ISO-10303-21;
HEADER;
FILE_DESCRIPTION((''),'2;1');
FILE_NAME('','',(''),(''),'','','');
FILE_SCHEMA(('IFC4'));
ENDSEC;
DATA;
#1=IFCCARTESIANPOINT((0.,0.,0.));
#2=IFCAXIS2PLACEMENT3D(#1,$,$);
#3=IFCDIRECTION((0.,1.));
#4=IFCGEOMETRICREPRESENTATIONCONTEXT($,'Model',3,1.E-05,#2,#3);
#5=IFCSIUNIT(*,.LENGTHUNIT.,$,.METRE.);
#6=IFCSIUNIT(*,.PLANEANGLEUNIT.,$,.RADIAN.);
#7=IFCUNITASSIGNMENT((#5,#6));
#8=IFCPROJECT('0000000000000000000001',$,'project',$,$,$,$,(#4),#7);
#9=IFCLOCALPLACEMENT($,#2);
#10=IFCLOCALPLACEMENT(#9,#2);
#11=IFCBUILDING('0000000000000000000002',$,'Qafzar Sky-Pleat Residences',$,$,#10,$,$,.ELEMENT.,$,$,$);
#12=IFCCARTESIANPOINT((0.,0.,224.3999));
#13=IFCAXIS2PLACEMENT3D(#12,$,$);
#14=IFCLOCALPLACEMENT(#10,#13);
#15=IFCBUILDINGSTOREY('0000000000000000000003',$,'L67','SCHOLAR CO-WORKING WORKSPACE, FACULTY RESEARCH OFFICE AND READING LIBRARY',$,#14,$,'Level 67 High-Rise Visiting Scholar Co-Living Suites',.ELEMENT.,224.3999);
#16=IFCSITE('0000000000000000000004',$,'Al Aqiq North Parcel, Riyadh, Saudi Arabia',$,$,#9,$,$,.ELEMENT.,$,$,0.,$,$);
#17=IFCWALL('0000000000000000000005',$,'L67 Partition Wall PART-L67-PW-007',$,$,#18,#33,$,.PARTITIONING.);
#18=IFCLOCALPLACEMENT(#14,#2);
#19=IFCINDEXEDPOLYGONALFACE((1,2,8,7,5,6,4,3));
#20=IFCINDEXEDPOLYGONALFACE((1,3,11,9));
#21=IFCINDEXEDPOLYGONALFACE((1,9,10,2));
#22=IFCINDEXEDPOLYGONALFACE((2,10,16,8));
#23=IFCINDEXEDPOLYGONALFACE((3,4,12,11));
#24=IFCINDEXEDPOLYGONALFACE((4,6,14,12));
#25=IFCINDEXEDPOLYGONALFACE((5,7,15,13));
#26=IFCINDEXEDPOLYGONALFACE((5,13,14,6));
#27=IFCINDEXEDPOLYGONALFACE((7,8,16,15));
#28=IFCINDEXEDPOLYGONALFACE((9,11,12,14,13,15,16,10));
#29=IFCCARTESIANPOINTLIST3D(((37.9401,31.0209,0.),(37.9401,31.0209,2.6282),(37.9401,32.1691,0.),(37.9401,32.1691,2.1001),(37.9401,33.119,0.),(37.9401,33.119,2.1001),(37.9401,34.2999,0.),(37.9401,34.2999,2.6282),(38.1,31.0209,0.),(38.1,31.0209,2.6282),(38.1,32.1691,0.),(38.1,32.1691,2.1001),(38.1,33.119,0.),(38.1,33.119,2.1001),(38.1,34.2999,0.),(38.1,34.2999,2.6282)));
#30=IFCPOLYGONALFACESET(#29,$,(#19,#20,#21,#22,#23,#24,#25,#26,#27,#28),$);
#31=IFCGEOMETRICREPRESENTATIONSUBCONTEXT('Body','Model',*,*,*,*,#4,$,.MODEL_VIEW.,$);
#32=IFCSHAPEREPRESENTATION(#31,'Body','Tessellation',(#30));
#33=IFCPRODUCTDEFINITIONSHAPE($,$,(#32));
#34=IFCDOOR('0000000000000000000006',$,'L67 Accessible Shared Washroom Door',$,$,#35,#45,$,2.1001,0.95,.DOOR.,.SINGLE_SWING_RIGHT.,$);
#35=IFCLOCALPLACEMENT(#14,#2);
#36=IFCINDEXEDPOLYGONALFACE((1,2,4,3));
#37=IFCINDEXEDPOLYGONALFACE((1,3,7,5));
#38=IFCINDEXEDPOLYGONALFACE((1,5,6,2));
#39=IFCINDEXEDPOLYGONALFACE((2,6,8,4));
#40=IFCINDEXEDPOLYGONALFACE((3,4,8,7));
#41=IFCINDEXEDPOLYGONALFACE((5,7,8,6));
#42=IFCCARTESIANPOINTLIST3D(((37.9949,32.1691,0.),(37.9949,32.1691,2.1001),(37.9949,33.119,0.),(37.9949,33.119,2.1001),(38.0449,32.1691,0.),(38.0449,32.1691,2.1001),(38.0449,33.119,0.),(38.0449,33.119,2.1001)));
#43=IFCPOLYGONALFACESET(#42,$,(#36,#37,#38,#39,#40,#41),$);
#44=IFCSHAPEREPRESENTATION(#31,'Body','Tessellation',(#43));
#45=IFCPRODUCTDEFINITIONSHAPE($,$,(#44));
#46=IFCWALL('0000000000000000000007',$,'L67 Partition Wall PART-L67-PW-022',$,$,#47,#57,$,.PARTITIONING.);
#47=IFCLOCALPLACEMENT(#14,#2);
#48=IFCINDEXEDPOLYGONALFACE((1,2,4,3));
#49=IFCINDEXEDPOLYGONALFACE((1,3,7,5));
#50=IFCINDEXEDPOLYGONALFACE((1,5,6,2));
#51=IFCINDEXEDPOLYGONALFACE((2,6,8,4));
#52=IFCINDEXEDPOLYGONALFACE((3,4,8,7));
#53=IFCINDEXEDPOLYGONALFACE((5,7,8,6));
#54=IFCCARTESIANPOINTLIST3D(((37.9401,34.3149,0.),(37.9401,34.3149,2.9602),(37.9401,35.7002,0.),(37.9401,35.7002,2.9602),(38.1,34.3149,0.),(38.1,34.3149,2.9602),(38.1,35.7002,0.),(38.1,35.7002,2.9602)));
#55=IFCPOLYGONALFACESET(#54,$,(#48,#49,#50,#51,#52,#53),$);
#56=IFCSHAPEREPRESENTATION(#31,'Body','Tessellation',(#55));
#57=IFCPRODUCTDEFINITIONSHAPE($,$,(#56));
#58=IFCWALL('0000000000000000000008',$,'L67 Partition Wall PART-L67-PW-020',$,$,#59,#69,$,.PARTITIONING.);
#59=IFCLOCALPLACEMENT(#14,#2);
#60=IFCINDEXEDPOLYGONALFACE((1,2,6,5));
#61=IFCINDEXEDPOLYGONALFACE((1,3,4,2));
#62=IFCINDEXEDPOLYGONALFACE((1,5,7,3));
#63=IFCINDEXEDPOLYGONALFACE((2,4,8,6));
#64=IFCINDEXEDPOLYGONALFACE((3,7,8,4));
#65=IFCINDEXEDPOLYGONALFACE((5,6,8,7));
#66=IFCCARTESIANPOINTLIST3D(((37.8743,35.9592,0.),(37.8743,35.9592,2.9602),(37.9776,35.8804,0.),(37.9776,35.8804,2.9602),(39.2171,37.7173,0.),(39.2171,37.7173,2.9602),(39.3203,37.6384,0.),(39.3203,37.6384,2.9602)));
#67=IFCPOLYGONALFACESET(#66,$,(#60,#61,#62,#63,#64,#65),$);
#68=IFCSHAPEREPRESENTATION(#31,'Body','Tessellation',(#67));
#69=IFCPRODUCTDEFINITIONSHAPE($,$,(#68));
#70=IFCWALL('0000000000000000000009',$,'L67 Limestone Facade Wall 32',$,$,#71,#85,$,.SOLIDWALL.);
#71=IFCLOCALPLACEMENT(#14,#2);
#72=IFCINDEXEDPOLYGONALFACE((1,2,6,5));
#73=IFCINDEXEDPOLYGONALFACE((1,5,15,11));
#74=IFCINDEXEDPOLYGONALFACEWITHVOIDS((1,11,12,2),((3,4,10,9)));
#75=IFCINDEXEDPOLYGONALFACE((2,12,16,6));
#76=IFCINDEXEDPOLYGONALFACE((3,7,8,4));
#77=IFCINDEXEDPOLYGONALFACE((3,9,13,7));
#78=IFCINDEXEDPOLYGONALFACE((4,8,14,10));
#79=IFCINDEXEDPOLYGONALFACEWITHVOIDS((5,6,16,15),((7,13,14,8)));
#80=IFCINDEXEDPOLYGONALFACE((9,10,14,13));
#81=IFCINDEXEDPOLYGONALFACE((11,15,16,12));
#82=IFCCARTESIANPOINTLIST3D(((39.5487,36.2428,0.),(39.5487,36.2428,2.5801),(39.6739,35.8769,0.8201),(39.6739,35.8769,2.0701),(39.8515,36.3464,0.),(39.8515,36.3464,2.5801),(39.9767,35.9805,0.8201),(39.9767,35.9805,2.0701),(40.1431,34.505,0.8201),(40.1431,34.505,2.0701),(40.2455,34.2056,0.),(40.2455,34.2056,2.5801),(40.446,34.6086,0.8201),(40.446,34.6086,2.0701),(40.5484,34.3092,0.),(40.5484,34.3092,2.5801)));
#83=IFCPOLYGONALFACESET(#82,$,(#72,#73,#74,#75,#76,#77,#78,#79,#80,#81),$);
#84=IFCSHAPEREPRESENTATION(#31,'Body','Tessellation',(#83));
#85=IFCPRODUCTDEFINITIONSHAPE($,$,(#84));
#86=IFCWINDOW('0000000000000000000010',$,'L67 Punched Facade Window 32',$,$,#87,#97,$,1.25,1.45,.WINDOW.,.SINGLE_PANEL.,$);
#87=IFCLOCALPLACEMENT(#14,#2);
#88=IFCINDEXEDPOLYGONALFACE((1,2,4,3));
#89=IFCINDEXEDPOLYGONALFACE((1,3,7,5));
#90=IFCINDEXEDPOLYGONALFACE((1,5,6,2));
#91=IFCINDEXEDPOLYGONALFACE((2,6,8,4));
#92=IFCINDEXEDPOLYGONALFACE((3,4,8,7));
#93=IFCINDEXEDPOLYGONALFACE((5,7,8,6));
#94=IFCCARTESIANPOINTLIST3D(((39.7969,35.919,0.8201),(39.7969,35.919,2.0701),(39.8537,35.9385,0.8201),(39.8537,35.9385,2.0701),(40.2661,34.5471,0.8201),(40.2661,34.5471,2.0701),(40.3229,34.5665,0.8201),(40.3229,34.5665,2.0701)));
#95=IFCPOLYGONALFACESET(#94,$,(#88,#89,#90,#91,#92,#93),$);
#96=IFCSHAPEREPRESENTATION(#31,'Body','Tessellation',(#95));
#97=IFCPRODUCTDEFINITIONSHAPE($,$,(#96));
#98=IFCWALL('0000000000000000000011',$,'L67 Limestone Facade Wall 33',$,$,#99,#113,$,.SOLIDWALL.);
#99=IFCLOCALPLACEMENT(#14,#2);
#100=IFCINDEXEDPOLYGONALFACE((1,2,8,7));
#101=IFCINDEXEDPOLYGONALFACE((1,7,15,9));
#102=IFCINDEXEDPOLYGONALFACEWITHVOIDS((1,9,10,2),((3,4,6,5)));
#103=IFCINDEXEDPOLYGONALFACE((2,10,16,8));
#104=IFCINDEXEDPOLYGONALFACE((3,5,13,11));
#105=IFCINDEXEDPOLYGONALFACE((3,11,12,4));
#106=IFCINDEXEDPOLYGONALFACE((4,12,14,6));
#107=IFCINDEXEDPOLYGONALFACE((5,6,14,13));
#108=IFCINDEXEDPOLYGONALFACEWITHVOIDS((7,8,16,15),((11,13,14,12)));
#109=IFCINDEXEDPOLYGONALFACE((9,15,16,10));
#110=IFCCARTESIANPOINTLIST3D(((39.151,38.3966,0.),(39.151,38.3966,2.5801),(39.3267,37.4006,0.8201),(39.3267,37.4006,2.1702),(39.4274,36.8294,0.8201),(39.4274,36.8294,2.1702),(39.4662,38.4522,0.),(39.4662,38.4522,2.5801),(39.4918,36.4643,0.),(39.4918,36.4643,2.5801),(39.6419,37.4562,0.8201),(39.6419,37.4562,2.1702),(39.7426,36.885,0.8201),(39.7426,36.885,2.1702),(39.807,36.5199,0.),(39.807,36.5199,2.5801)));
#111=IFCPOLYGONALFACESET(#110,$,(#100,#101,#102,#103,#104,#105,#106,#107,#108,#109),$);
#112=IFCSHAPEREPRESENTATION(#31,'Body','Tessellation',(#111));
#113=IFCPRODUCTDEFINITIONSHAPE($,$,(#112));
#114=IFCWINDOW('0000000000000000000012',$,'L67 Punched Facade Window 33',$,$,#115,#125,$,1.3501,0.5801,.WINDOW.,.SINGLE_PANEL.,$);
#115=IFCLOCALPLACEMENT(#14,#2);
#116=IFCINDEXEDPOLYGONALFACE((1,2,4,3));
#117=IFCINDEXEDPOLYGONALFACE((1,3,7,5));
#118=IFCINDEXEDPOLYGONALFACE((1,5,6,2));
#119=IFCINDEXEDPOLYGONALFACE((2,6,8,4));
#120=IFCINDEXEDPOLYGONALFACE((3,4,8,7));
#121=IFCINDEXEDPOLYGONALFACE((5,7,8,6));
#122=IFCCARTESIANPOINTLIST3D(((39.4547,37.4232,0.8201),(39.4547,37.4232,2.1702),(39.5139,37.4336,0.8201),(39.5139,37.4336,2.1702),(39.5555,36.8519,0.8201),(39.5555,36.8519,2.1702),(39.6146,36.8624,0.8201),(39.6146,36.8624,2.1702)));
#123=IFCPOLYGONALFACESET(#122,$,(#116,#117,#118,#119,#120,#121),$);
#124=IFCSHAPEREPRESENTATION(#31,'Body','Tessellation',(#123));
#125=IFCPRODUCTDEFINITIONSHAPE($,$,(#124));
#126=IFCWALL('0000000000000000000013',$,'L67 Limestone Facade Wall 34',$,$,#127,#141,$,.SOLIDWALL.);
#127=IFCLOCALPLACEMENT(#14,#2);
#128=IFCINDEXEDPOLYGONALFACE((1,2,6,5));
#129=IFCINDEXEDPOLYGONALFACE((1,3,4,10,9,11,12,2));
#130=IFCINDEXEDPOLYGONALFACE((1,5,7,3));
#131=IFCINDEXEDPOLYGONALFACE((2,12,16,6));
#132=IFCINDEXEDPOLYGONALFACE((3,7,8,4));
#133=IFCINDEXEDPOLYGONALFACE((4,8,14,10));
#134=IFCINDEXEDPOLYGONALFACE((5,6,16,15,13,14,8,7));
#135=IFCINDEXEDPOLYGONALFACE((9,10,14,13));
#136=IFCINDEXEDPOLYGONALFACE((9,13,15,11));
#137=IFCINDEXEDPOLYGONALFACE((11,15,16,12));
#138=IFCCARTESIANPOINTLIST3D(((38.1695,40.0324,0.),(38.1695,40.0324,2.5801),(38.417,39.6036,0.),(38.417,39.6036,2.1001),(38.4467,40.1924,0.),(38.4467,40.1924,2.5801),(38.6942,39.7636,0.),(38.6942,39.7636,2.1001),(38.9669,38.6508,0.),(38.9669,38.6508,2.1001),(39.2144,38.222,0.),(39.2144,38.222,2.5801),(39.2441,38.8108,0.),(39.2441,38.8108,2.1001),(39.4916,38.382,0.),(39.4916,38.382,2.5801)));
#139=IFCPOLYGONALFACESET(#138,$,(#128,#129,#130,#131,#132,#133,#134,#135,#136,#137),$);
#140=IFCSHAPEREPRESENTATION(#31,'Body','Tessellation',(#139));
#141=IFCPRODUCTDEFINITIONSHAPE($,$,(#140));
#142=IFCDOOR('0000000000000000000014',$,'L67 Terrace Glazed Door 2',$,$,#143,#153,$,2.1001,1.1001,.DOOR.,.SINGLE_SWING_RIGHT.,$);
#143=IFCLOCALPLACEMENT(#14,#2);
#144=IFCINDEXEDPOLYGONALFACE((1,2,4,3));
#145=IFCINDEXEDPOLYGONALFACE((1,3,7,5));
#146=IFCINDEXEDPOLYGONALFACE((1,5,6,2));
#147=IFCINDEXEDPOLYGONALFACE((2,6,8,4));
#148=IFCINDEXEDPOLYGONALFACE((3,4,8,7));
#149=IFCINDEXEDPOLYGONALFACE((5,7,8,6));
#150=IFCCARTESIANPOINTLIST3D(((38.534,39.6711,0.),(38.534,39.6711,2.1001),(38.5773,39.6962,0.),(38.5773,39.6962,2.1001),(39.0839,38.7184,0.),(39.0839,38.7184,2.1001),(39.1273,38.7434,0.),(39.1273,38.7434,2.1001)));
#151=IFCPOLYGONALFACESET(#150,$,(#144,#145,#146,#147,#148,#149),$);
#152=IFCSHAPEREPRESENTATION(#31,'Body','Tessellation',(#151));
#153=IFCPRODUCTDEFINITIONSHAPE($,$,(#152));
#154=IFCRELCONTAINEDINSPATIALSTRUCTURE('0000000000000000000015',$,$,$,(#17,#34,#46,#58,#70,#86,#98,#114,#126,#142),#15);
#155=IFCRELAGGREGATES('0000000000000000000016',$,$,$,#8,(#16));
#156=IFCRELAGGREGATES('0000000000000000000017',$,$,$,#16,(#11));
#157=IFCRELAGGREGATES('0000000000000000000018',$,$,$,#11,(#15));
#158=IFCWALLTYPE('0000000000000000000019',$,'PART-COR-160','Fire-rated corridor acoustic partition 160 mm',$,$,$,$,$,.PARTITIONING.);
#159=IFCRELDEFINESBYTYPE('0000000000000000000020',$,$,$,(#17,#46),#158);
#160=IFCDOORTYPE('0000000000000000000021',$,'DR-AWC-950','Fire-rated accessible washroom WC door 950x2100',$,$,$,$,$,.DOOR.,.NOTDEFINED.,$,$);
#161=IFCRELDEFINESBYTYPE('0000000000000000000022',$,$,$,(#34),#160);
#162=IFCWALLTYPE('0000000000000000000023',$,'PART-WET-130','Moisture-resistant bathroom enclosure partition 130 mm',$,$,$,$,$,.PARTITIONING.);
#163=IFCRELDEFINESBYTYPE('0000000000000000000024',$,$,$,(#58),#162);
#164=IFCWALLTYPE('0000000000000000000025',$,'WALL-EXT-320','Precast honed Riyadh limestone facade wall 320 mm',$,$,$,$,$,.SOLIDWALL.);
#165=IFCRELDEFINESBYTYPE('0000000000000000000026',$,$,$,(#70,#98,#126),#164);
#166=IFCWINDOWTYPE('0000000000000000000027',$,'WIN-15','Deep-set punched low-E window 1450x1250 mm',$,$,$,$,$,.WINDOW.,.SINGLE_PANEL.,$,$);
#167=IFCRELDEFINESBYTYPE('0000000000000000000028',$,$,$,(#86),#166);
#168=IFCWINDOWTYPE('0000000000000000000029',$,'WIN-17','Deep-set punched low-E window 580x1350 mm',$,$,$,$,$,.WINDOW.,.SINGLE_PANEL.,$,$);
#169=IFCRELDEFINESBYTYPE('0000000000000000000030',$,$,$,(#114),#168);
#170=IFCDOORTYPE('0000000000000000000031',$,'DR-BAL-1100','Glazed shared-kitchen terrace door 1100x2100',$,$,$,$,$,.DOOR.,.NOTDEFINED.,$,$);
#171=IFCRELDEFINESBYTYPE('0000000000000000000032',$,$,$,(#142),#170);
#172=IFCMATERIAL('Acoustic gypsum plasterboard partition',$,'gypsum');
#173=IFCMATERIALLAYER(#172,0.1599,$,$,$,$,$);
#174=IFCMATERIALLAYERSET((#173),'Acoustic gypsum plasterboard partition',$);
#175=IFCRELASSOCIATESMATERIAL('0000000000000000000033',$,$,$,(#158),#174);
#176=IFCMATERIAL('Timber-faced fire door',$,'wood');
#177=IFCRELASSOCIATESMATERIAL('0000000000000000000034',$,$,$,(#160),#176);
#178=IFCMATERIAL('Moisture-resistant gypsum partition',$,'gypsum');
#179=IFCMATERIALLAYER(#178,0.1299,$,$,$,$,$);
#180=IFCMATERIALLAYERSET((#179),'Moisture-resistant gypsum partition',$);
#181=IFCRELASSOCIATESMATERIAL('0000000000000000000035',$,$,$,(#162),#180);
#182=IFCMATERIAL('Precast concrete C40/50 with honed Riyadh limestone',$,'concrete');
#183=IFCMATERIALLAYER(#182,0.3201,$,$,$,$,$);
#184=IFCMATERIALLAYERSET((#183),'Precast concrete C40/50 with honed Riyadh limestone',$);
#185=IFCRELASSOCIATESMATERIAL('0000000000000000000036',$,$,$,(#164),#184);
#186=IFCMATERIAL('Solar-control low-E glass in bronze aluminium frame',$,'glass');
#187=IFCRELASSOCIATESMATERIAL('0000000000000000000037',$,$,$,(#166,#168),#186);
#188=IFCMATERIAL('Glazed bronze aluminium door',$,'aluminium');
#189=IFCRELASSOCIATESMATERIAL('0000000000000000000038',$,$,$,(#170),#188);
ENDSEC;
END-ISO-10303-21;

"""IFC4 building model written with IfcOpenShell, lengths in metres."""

from ifc_helpers import new_model, si_unit, direction, frame, frame_2d, origin, place, context, subcontext, project, spatial, rectangle, extrude, source, transform, mapped, material, layer, layer_set, type_object, element, fill, save


model = new_model("IFC4")

# Units and contexts
model_context = context("Model", 3, precision=1e-05, world=origin(), true_north=direction((0.0, 1.0)))
body_context = subcontext(model_context, "Body", "Model", "MODEL_VIEW")
ifc_project = project(units=[si_unit("LENGTHUNIT", "METRE"), si_unit("PLANEANGLEUNIT", "RADIAN")], contexts=[model_context])

# Site, building, storey
site_placement = place(None, origin())
site = spatial("IfcSite", under=ifc_project, at=site_placement, Name="Al Aqiq North Parcel, Riyadh, Saudi Arabia", CompositionType="ELEMENT", RefElevation=0.0)
building_placement = place(site_placement, origin())
building = spatial("IfcBuilding", under=site, at=building_placement, Name="Qafzar Sky-Pleat Residences", CompositionType="ELEMENT")
storey_placement = place(building_placement, frame((0.0, 0.0, 224.3999)))
storey = spatial("IfcBuildingStorey", under=building, at=storey_placement, Name="L67", Description="SCHOLAR CO-WORKING WORKSPACE, FACULTY RESEARCH OFFICE AND READING LIBRARY", LongName="Level 67 High-Rise Visiting Scholar Co-Living Suites", CompositionType="ELEMENT", Elevation=224.3999)

# Wall, opening, door
ifc_material_1 = material(Name="Acoustic gypsum plasterboard partition", Category="gypsum")
ifc_layer_1 = layer(ifc_material_1, 0.1599)
ifc_layer_set_1 = layer_set([ifc_layer_1], Name="Acoustic gypsum plasterboard partition")
wall_type_1 = type_object("IfcWallType", Name="PART-COR-160", Description="Fire-rated corridor acoustic partition 160 mm", PredefinedType="PARTITIONING", material=ifc_layer_set_1)
wall_1_placement = place(storey_placement, frame((38.02, 34.3, 0.0), z_axis=(0.0, 0.0, 1.0), x_axis=(0.0, -1.0, 0.0)))
wall_1 = element("IfcWall", 1, at=wall_1_placement, inside=storey, type_object=wall_type_1, Name="L67 Partition Wall PART-L67-PW-007", PredefinedType="PARTITIONING", context=body_context, shape_type="SweptSolid", body=[
    extrude(rectangle(XDim=3.2791, YDim=0.1599, at=frame_2d((1.6396, 0.0))), origin(), (0.0, 0.0, 1.0), 2.6282),
])
opening_1_placement = place(wall_1_placement, frame((1.1809, 0.0, 0.0)))
opening_1 = element("IfcOpeningElement", 2, at=opening_1_placement, cuts=wall_1, PredefinedType="OPENING", context=body_context, shape_type="SweptSolid", body=[
    extrude(rectangle(XDim=0.95, YDim=2.1001, at=frame_2d((0.4751, 1.05))), frame((0.0, 0.0898, 0.0), z_axis=(0.0, -1.0, 0.0), x_axis=(1.0, 0.0, 0.0)), (0.0, 0.0, 1.0), 0.1799),
])
ifc_material_2 = material(Name="Timber-faced fire door", Category="wood")
door_type_1 = type_object("IfcDoorType", Name="DR-AWC-950", Description="Fire-rated accessible washroom WC door 950x2100", OperationType="NOTDEFINED", PredefinedType="DOOR", material=ifc_material_2)
shared_shape_1 = source(origin(), body_context, "Body", "SweptSolid", [
    extrude(rectangle(XDim=0.95, YDim=2.1001, at=frame_2d((0.4751, 1.05))), frame((0.0, 0.0249, 0.0), z_axis=(0.0, -1.0, 0.0), x_axis=(1.0, 0.0, 0.0)), (0.0, 0.0, 1.0), 0.05),
])
door_1_placement = place(opening_1_placement, origin())
door_1 = element("IfcDoor", 3, at=door_1_placement, inside=storey, type_object=door_type_1, Name="L67 Accessible Shared Washroom Door", OperationType="SINGLE_SWING_RIGHT", OverallHeight=2.1001, OverallWidth=0.95, PredefinedType="DOOR", context=body_context, shape_type="MappedRepresentation", body=[
    mapped(shared_shape_1, transform((0.0, 0.0, 0.0), x_axis=(1.0, 0.0, 0.0), y_axis=(0.0, 1.0, 0.0), z_axis=(0.0, 0.0, 1.0), scale=1.0)),
])
fill(opening_1, door_1)

# Walls
wall_2_placement = place(storey_placement, frame((38.02, 34.3149, 0.0), z_axis=(0.0, 0.0, 1.0), x_axis=(0.0, 1.0, 0.0)))
element("IfcWall", 4, at=wall_2_placement, inside=storey, type_object=wall_type_1, Name="L67 Partition Wall PART-L67-PW-022", PredefinedType="PARTITIONING", context=body_context, shape_type="SweptSolid", body=[
    extrude(rectangle(XDim=1.3853, YDim=0.1599, at=frame_2d((0.6926, 0.0))), origin(), (0.0, 0.0, 1.0), 2.9602),
])
ifc_material_3 = material(Name="Moisture-resistant gypsum partition", Category="gypsum")
ifc_layer_2 = layer(ifc_material_3, 0.1299)
ifc_layer_set_2 = layer_set([ifc_layer_2], Name="Moisture-resistant gypsum partition")
wall_type_2 = type_object("IfcWallType", Name="PART-WET-130", Description="Moisture-resistant bathroom enclosure partition 130 mm", PredefinedType="PARTITIONING", material=ifc_layer_set_2)
wall_3_placement = place(storey_placement, frame((37.926, 35.9199, 0.0), z_axis=(0.0, 0.0, 1.0), x_axis=(0.606987, 0.794712, 0.0)))
element("IfcWall", 5, at=wall_3_placement, inside=storey, type_object=wall_type_2, Name="L67 Partition Wall PART-L67-PW-020", PredefinedType="PARTITIONING", context=body_context, shape_type="SweptSolid", body=[
    extrude(rectangle(XDim=2.2122, YDim=0.1299, at=frame_2d((1.106, 0.0))), origin(), (0.0, 0.0, 1.0), 2.9602),
])

# Walls, openings, windows
ifc_material_4 = material(Name="Precast concrete C40/50 with honed Riyadh limestone", Category="concrete")
ifc_layer_3 = layer(ifc_material_4, 0.3201)
ifc_layer_set_3 = layer_set([ifc_layer_3], Name="Precast concrete C40/50 with honed Riyadh limestone")
wall_type_3 = type_object("IfcWallType", Name="WALL-EXT-320", Description="Precast honed Riyadh limestone facade wall 320 mm", PredefinedType="SOLIDWALL", material=ifc_layer_set_3)
wall_4_placement = place(storey_placement, frame((40.397, 34.2573, 0.0), z_axis=(0.0, 0.0, 1.0), x_axis=(-0.323634, 0.946182, 0.0)))
wall_4 = element("IfcWall", 6, at=wall_4_placement, inside=storey, type_object=wall_type_3, Name="L67 Limestone Facade Wall 32", PredefinedType="SOLIDWALL", context=body_context, shape_type="SweptSolid", body=[
    extrude(rectangle(XDim=2.1531, YDim=0.3201, at=frame_2d((1.0767, 0.0))), origin(), (0.0, 0.0, 1.0), 2.5801),
])
opening_2_placement = place(wall_4_placement, frame((0.3164, 0.0, 0.8201)))
opening_2 = element("IfcOpeningElement", 7, at=opening_2_placement, cuts=wall_4, PredefinedType="OPENING", context=body_context, shape_type="SweptSolid", body=[
    extrude(rectangle(XDim=1.45, YDim=1.25, at=frame_2d((0.7251, 0.625))), frame((0.0, 0.1699, 0.0), z_axis=(0.0, -1.0, 0.0), x_axis=(1.0, 0.0, 0.0)), (0.0, 0.0, 1.0), 0.3401),
])
ifc_material_5 = material(Name="Solar-control low-E glass in bronze aluminium frame", Category="glass")
window_type_1 = type_object("IfcWindowType", Name="WIN-15", Description="Deep-set punched low-E window 1450x1250 mm", PartitioningType="SINGLE_PANEL", PredefinedType="WINDOW", material=ifc_material_5)
shared_shape_2 = source(origin(), body_context, "Body", "SweptSolid", [
    extrude(rectangle(XDim=1.45, YDim=1.25, at=frame_2d((0.7251, 0.625))), frame((0.0, 0.03, 0.0), z_axis=(0.0, -1.0, 0.0), x_axis=(1.0, 0.0, 0.0)), (0.0, 0.0, 1.0), 0.0601),
])
window_1_placement = place(opening_2_placement, origin())
window_1 = element("IfcWindow", 8, at=window_1_placement, inside=storey, type_object=window_type_1, Name="L67 Punched Facade Window 32", OverallHeight=1.25, OverallWidth=1.45, PartitioningType="SINGLE_PANEL", PredefinedType="WINDOW", context=body_context, shape_type="MappedRepresentation", body=[
    mapped(shared_shape_2, transform((0.0, 0.0, 0.0), x_axis=(1.0, 0.0, 0.0), y_axis=(0.0, 1.0, 0.0), z_axis=(0.0, 0.0, 1.0), scale=1.0)),
])
fill(opening_2, window_1)
wall_5_placement = place(storey_placement, frame((39.6494, 36.4922, 0.0), z_axis=(0.0, 0.0, 1.0), x_axis=(-0.173693, 0.9848, 0.0)))
wall_5 = element("IfcWall", 9, at=wall_5_placement, inside=storey, type_object=wall_type_3, Name="L67 Limestone Facade Wall 33", PredefinedType="SOLIDWALL", context=body_context, shape_type="SweptSolid", body=[
    extrude(rectangle(XDim=1.9622, YDim=0.3201, at=frame_2d((0.981, 0.0))), origin(), (0.0, 0.0, 1.0), 2.5801),
])
opening_3_placement = place(wall_5_placement, frame((0.3706, 0.0, 0.8201)))
opening_3 = element("IfcOpeningElement", 10, at=opening_3_placement, cuts=wall_5, PredefinedType="OPENING", context=body_context, shape_type="SweptSolid", body=[
    extrude(rectangle(XDim=0.5801, YDim=1.3501, at=frame_2d((0.29, 0.675))), frame((0.0, 0.1699, 0.0), z_axis=(0.0, -1.0, 0.0), x_axis=(1.0, 0.0, 0.0)), (0.0, 0.0, 1.0), 0.3401),
])
window_type_2 = type_object("IfcWindowType", Name="WIN-17", Description="Deep-set punched low-E window 580x1350 mm", PartitioningType="SINGLE_PANEL", PredefinedType="WINDOW", material=ifc_material_5)
shared_shape_3 = source(origin(), body_context, "Body", "SweptSolid", [
    extrude(rectangle(XDim=0.5801, YDim=1.3501, at=frame_2d((0.29, 0.675))), frame((0.0, 0.03, 0.0), z_axis=(0.0, -1.0, 0.0), x_axis=(1.0, 0.0, 0.0)), (0.0, 0.0, 1.0), 0.0601),
])
window_2_placement = place(opening_3_placement, origin())
window_2 = element("IfcWindow", 11, at=window_2_placement, inside=storey, type_object=window_type_2, Name="L67 Punched Facade Window 33", OverallHeight=1.3501, OverallWidth=0.5801, PartitioningType="SINGLE_PANEL", PredefinedType="WINDOW", context=body_context, shape_type="MappedRepresentation", body=[
    mapped(shared_shape_3, transform((0.0, 0.0, 0.0), x_axis=(1.0, 0.0, 0.0), y_axis=(0.0, 1.0, 0.0), z_axis=(0.0, 0.0, 1.0), scale=1.0)),
])
fill(opening_3, window_2)

# Wall, opening, door
wall_6_placement = place(storey_placement, frame((39.353, 38.302, 0.0), z_axis=(0.0, 0.0, 1.0), x_axis=(-0.499908, 0.866079, 0.0)))
wall_6 = element("IfcWall", 12, at=wall_6_placement, inside=storey, type_object=wall_type_3, Name="L67 Limestone Facade Wall 34", PredefinedType="SOLIDWALL", context=body_context, shape_type="SweptSolid", body=[
    extrude(rectangle(XDim=2.0903, YDim=0.3201, at=frame_2d((1.0452, 0.0))), origin(), (0.0, 0.0, 1.0), 2.5801),
])
opening_4_placement = place(wall_6_placement, frame((0.4951, 0.0, 0.0)))
opening_4 = element("IfcOpeningElement", 13, at=opening_4_placement, cuts=wall_6, PredefinedType="OPENING", context=body_context, shape_type="SweptSolid", body=[
    extrude(rectangle(XDim=1.1001, YDim=2.1001, at=frame_2d((0.55, 1.05))), frame((0.0, 0.1699, 0.0), z_axis=(0.0, -1.0, 0.0), x_axis=(1.0, 0.0, 0.0)), (0.0, 0.0, 1.0), 0.3401),
])
ifc_material_6 = material(Name="Glazed bronze aluminium door", Category="aluminium")
door_type_2 = type_object("IfcDoorType", Name="DR-BAL-1100", Description="Glazed shared-kitchen terrace door 1100x2100", OperationType="NOTDEFINED", PredefinedType="DOOR", material=ifc_material_6)
shared_shape_4 = source(origin(), body_context, "Body", "SweptSolid", [
    extrude(rectangle(XDim=1.1001, YDim=2.1001, at=frame_2d((0.55, 1.05))), frame((0.0, 0.0249, 0.0), z_axis=(0.0, -1.0, 0.0), x_axis=(1.0, 0.0, 0.0)), (0.0, 0.0, 1.0), 0.05),
])
door_2_placement = place(opening_4_placement, origin())
door_2 = element("IfcDoor", 14, at=door_2_placement, inside=storey, type_object=door_type_2, Name="L67 Terrace Glazed Door 2", OperationType="SINGLE_SWING_RIGHT", OverallHeight=2.1001, OverallWidth=1.1001, PredefinedType="DOOR", context=body_context, shape_type="MappedRepresentation", body=[
    mapped(shared_shape_4, transform((0.0, 0.0, 0.0), x_axis=(1.0, 0.0, 0.0), y_axis=(0.0, 1.0, 0.0), z_axis=(0.0, 0.0, 1.0), scale=1.0)),
])
fill(opening_4, door_2)

save(model, "model.ifc")
